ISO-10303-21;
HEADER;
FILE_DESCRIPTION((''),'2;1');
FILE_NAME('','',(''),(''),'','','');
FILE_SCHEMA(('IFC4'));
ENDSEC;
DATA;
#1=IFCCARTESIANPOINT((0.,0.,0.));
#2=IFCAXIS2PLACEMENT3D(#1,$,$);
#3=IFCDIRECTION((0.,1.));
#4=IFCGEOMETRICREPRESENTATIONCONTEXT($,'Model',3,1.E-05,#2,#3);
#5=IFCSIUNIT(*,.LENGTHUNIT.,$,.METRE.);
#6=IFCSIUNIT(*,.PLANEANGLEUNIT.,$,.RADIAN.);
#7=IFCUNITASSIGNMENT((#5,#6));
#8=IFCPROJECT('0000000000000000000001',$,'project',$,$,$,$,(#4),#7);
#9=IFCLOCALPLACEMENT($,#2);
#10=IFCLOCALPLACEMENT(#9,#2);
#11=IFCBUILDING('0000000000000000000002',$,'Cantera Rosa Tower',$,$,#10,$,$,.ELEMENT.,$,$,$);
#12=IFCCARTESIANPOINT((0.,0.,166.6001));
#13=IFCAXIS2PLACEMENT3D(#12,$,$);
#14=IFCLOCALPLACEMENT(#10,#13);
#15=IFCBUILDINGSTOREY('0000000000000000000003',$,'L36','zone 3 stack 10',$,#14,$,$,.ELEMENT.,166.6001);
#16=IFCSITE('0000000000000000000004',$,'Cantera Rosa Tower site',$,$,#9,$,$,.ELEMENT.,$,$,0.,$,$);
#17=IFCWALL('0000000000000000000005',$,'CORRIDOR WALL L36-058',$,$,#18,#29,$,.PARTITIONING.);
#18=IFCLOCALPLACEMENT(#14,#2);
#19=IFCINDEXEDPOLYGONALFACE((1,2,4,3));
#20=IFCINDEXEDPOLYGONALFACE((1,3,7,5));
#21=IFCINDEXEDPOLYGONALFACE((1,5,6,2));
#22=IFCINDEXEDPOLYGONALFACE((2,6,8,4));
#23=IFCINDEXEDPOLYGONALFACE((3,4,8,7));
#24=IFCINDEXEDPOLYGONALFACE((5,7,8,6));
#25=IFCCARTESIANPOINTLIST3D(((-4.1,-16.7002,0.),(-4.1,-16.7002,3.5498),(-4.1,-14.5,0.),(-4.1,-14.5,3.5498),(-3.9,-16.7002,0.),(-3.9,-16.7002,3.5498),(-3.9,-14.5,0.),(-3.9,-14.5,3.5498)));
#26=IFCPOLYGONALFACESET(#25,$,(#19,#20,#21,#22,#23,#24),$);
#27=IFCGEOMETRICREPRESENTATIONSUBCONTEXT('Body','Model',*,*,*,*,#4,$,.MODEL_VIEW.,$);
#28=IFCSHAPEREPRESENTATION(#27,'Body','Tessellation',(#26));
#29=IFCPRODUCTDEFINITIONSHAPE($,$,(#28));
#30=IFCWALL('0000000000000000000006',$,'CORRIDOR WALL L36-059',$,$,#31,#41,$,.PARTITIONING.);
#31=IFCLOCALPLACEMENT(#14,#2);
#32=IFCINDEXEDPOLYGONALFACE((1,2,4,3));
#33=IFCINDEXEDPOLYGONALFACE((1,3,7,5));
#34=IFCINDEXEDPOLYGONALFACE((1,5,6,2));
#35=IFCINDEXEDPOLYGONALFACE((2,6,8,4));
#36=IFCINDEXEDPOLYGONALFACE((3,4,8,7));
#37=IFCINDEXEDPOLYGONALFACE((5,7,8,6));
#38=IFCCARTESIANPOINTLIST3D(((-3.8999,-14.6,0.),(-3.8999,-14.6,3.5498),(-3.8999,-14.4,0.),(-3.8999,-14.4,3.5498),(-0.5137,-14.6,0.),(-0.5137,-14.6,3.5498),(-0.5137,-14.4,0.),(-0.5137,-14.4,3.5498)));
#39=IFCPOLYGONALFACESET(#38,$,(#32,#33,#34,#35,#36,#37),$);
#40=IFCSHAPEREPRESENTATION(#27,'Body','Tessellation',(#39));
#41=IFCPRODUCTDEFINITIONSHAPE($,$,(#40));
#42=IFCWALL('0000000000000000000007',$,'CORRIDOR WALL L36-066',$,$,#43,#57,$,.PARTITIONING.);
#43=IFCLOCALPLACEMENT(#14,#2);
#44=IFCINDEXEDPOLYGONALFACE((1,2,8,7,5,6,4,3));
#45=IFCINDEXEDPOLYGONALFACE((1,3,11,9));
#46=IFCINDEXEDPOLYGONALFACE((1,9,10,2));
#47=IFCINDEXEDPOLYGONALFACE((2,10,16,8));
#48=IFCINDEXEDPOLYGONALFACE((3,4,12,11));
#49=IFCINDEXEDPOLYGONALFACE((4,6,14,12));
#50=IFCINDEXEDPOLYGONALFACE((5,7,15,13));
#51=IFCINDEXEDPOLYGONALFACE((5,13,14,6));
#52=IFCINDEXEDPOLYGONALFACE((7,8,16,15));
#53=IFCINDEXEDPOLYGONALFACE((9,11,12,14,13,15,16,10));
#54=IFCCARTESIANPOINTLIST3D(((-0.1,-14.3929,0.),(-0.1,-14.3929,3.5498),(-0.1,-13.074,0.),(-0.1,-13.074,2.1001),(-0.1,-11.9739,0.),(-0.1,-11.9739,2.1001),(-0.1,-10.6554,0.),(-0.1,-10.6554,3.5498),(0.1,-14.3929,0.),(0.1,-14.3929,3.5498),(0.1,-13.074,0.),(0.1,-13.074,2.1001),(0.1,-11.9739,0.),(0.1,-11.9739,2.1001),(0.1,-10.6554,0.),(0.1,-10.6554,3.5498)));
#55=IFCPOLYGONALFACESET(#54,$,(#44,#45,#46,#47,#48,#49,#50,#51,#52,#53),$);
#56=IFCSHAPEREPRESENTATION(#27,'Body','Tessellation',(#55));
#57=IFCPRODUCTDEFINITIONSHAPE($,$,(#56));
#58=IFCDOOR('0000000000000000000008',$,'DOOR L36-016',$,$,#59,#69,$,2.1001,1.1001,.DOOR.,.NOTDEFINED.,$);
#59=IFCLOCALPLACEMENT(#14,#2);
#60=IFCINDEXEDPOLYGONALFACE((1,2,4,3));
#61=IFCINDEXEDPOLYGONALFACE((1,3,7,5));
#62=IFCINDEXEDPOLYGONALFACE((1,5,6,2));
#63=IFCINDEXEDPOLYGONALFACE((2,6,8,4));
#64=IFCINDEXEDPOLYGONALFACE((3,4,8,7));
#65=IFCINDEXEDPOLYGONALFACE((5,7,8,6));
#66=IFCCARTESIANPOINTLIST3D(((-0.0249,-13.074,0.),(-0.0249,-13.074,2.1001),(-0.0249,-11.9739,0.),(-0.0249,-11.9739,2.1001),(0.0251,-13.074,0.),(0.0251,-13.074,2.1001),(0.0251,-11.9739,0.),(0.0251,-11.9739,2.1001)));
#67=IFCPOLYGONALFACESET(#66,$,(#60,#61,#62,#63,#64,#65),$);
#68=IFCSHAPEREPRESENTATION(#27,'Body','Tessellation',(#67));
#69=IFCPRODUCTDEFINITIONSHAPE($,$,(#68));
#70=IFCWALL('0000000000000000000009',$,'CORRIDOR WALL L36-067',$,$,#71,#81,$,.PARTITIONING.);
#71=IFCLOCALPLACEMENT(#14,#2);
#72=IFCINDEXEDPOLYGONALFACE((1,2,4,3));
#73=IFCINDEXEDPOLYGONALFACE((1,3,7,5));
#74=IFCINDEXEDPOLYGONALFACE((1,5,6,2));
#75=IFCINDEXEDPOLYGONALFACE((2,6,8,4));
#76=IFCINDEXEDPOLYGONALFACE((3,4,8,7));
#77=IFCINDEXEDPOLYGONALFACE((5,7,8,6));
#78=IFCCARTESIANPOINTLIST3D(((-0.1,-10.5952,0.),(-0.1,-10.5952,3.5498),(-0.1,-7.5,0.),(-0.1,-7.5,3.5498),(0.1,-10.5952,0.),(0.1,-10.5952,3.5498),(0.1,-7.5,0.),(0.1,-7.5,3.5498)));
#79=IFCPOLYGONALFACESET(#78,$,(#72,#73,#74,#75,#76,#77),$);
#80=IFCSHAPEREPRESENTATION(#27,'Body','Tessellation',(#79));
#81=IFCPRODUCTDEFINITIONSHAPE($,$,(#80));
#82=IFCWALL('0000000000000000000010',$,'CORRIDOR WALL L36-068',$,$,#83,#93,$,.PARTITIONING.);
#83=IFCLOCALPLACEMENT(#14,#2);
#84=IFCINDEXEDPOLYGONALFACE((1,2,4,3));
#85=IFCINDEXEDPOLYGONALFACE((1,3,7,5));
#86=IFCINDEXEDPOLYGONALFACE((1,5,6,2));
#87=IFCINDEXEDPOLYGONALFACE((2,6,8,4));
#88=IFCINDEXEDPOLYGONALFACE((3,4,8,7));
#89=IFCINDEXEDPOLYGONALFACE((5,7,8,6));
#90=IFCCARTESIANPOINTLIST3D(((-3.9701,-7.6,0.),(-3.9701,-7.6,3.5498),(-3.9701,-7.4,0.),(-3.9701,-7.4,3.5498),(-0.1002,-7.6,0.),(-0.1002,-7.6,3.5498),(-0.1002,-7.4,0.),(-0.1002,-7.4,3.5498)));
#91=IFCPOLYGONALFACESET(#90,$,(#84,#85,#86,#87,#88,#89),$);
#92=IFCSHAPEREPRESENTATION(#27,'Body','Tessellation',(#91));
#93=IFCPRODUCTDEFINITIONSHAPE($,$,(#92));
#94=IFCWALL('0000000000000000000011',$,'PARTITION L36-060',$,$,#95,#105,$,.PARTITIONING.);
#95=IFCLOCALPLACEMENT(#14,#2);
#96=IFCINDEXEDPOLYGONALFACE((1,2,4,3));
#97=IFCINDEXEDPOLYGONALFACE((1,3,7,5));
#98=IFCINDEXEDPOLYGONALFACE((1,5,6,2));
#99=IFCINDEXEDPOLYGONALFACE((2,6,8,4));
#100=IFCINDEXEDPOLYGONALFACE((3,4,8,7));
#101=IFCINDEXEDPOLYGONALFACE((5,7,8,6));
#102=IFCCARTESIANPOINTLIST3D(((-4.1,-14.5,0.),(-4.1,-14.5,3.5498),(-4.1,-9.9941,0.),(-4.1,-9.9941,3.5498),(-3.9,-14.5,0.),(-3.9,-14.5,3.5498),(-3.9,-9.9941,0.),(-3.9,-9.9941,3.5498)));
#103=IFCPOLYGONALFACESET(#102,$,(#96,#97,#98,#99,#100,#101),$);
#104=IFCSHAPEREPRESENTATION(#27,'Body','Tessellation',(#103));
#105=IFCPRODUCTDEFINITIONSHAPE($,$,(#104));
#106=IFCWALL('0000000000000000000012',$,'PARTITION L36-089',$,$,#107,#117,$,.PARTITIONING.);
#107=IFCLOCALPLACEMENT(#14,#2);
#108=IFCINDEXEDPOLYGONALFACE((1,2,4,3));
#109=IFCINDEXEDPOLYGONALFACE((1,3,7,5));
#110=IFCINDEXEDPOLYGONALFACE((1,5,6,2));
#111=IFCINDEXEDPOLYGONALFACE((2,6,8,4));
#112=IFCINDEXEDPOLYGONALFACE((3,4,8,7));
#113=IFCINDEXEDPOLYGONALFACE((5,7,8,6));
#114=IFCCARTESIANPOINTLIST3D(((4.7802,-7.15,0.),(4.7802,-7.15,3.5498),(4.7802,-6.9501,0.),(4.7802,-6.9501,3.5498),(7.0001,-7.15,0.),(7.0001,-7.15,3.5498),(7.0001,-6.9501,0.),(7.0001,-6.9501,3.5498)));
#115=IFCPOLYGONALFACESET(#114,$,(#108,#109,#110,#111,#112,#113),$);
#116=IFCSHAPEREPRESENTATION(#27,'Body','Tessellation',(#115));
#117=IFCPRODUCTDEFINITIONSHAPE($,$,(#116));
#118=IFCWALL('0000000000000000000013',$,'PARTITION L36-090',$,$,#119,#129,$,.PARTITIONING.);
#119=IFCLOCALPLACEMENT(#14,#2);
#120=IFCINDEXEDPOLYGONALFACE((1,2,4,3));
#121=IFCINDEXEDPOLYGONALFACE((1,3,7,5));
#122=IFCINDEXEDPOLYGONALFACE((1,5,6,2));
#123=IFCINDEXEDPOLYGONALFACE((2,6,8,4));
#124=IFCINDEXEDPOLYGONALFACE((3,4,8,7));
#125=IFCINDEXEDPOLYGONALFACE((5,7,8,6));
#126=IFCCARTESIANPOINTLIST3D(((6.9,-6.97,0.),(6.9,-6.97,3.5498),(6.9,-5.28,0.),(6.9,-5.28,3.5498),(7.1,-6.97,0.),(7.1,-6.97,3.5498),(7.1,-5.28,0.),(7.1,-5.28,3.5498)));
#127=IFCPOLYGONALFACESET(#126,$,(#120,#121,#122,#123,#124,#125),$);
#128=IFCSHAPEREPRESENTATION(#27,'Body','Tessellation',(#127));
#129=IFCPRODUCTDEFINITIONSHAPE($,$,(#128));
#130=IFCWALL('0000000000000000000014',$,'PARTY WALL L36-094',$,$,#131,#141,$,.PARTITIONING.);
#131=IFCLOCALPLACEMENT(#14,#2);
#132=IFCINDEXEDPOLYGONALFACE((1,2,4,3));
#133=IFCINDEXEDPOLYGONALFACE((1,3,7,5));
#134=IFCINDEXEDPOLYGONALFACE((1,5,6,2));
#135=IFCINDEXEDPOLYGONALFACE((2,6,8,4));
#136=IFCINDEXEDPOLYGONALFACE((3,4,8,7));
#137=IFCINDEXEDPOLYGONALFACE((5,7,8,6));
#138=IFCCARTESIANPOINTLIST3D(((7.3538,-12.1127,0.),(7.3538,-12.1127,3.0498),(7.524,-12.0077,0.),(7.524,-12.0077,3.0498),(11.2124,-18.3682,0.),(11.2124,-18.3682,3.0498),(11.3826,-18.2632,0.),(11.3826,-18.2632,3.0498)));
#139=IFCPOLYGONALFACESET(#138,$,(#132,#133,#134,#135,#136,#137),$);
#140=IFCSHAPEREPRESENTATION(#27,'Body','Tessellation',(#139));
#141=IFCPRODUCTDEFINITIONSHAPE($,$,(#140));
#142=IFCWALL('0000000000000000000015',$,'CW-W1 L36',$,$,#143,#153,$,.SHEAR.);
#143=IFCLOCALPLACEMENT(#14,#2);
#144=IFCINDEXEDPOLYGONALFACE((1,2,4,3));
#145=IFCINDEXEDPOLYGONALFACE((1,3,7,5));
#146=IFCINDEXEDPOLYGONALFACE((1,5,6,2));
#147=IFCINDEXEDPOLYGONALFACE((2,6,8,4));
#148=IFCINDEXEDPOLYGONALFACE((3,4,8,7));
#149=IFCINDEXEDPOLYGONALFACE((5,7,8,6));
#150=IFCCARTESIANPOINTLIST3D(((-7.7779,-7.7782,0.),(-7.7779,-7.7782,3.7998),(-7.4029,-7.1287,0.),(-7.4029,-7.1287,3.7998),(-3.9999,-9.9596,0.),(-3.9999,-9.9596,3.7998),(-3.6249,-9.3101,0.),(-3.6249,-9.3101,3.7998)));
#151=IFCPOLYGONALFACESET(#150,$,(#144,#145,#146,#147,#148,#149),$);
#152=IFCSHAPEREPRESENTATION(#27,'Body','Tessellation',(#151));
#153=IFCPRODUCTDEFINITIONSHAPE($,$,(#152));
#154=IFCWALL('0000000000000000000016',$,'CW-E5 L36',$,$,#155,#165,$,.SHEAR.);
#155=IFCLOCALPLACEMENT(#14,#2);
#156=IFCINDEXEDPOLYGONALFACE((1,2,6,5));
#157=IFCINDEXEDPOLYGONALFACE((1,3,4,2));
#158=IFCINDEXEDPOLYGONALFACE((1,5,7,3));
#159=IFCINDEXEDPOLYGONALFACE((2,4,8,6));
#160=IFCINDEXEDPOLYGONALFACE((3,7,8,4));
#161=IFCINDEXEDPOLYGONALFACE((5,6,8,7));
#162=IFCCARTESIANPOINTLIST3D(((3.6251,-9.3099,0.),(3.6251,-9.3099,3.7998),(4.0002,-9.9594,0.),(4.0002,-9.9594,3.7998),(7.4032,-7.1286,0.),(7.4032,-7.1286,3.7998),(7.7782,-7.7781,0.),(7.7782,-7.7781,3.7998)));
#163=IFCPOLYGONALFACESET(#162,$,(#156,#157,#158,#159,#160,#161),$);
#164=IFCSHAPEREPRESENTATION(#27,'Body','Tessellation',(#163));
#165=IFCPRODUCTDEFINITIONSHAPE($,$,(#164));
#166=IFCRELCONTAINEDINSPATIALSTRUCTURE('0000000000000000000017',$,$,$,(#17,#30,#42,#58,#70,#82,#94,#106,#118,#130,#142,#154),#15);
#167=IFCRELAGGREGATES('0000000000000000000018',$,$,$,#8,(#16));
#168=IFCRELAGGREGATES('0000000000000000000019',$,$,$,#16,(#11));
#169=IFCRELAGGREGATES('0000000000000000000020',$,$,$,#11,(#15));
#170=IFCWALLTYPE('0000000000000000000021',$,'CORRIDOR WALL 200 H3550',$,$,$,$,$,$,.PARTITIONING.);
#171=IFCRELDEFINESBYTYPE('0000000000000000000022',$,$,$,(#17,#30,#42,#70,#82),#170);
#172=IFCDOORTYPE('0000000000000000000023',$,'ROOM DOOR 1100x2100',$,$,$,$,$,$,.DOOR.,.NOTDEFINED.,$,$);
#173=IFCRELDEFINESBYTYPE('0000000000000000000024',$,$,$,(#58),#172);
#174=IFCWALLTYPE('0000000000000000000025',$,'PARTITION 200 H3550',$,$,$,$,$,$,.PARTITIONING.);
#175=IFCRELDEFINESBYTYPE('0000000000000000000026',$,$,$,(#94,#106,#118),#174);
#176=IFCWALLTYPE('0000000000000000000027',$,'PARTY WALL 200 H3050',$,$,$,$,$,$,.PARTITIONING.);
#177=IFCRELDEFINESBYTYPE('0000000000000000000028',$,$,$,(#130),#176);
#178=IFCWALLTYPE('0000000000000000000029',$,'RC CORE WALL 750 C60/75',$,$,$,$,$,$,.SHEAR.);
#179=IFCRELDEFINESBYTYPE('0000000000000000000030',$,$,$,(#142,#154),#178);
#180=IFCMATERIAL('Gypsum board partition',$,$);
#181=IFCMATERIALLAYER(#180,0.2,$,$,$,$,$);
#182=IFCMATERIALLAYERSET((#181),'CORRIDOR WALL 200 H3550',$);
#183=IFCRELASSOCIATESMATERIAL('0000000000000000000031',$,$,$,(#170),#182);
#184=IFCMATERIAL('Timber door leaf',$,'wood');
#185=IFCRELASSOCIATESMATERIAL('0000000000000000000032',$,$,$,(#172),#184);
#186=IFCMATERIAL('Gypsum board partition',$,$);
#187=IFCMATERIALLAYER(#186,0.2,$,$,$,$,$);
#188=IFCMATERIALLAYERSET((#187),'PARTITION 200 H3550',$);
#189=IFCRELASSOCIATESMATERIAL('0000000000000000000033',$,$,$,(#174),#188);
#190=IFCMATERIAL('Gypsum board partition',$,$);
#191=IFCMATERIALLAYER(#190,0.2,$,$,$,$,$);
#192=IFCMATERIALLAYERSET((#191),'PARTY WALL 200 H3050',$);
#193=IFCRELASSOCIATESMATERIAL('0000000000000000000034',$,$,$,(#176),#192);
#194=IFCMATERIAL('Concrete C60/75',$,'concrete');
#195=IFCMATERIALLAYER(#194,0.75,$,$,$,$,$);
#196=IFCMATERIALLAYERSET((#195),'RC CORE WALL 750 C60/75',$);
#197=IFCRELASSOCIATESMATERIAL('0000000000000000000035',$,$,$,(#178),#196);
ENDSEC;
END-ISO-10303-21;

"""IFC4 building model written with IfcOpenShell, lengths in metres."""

from ifc_helpers import new_model, si_unit, direction, frame, frame_2d, origin, place, context, subcontext, project, spatial, rectangle, extrude, material, layer, layer_set, type_object, element, fill, save


model = new_model("IFC4")

# Units and contexts
model_context = context("Model", 3, precision=1e-05, world=origin(), true_north=direction((0.0, 1.0)))
body_context = subcontext(model_context, "Body", "Model", "MODEL_VIEW")
ifc_project = project(units=[si_unit("LENGTHUNIT", "METRE"), si_unit("PLANEANGLEUNIT", "RADIAN")], contexts=[model_context])

# Site, building, storey
site_placement = place(None, origin())
site = spatial("IfcSite", under=ifc_project, at=site_placement, Name="Cantera Rosa Tower site", CompositionType="ELEMENT", RefElevation=0.0)
building_placement = place(site_placement, origin())
building = spatial("IfcBuilding", under=site, at=building_placement, Name="Cantera Rosa Tower", CompositionType="ELEMENT")
storey_placement = place(building_placement, frame((0.0, 0.0, 166.6001)))
storey = spatial("IfcBuildingStorey", under=building, at=storey_placement, Name="L36", Description="zone 3 stack 10", CompositionType="ELEMENT", Elevation=166.6001)

# Walls
ifc_material_1 = material(Name="Gypsum board partition")
ifc_layer_1 = layer(ifc_material_1, 0.2)
ifc_layer_set_1 = layer_set([ifc_layer_1], Name="CORRIDOR WALL 200 H3550")
wall_type_1 = type_object("IfcWallType", Name="CORRIDOR WALL 200 H3550", PredefinedType="PARTITIONING", material=ifc_layer_set_1)
wall_1_placement = place(storey_placement, frame((-4.0, -14.5, 0.0), z_axis=(0.0, 0.0, 1.0), x_axis=(0.0, -1.0, 0.0)))
element("IfcWall", 1, at=wall_1_placement, inside=storey, type_object=wall_type_1, Name="CORRIDOR WALL L36-058", PredefinedType="PARTITIONING", context=body_context, shape_type="SweptSolid", body=[
    extrude(rectangle(XDim=2.2002, YDim=0.2, at=frame_2d((1.1001, 0.0))), origin(), (0.0, 0.0, 1.0), 3.5498),
])
wall_2_placement = place(storey_placement, frame((-3.8999, -14.5, 0.0), z_axis=(0.0, 0.0, 1.0), x_axis=(1.0, 0.0, 0.0)))
element("IfcWall", 2, at=wall_2_placement, inside=storey, type_object=wall_type_1, Name="CORRIDOR WALL L36-059", PredefinedType="PARTITIONING", context=body_context, shape_type="SweptSolid", body=[
    extrude(rectangle(XDim=3.3862, YDim=0.2, at=frame_2d((1.6931, 0.0))), origin(), (0.0, 0.0, 1.0), 3.5498),
])

# Wall, opening, door
wall_3_placement = place(storey_placement, frame((0.0, -14.3928, 0.0), z_axis=(0.0, 0.0, 1.0), x_axis=(0.0, 1.0, 0.0)))
wall_3 = element("IfcWall", 3, at=wall_3_placement, inside=storey, type_object=wall_type_1, Name="CORRIDOR WALL L36-066", PredefinedType="PARTITIONING", context=body_context, shape_type="SweptSolid", body=[
    extrude(rectangle(XDim=3.7375, YDim=0.2, at=frame_2d((1.8687, 0.0))), origin(), (0.0, 0.0, 1.0), 3.5498),
])
opening_1_placement = place(wall_3_placement, frame((1.3188, 0.0, 0.0)))
opening_1 = element("IfcOpeningElement", 4, at=opening_1_placement, cuts=wall_3, PredefinedType="OPENING", context=body_context, shape_type="SweptSolid", body=[
    extrude(rectangle(XDim=1.1001, YDim=2.1001, at=frame_2d((0.55, 1.05))), frame((0.0, 0.1099, 0.0), z_axis=(0.0, -1.0, 0.0), x_axis=(1.0, 0.0, 0.0)), (0.0, 0.0, 1.0), 0.22),
])
ifc_material_2 = material(Name="Timber door leaf", Category="wood")
door_type_1 = type_object("IfcDoorType", Name="ROOM DOOR 1100x2100", OperationType="NOTDEFINED", PredefinedType="DOOR", material=ifc_material_2)
door_1_placement = place(opening_1_placement, origin())
door_1 = element("IfcDoor", 5, at=door_1_placement, inside=storey, type_object=door_type_1, Name="DOOR L36-016", OperationType="NOTDEFINED", OverallHeight=2.1001, OverallWidth=1.1001, PredefinedType="DOOR", context=body_context, shape_type="SweptSolid", body=[
    extrude(rectangle(XDim=1.1001, YDim=2.1001, at=frame_2d((0.55, 1.05))), frame((0.0, 0.0249, 0.0), z_axis=(0.0, -1.0, 0.0), x_axis=(1.0, 0.0, 0.0)), (0.0, 0.0, 1.0), 0.05),
])
fill(opening_1, door_1)

# Walls
wall_4_placement = place(storey_placement, frame((0.0, -10.5952, 0.0), z_axis=(0.0, 0.0, 1.0), x_axis=(0.0, 1.0, 0.0)))
element("IfcWall", 6, at=wall_4_placement, inside=storey, type_object=wall_type_1, Name="CORRIDOR WALL L36-067", PredefinedType="PARTITIONING", context=body_context, shape_type="SweptSolid", body=[
    extrude(rectangle(XDim=3.0952, YDim=0.2, at=frame_2d((1.5476, 0.0))), origin(), (0.0, 0.0, 1.0), 3.5498),
])
wall_5_placement = place(storey_placement, frame((-0.1001, -7.5, 0.0), z_axis=(0.0, 0.0, 1.0), x_axis=(-1.0, 0.0, 0.0)))
element("IfcWall", 7, at=wall_5_placement, inside=storey, type_object=wall_type_1, Name="CORRIDOR WALL L36-068", PredefinedType="PARTITIONING", context=body_context, shape_type="SweptSolid", body=[
    extrude(rectangle(XDim=3.8699, YDim=0.2, at=frame_2d((1.9351, 0.0))), origin(), (0.0, 0.0, 1.0), 3.5498),
])
ifc_material_3 = material(Name="Gypsum board partition")
ifc_layer_2 = layer(ifc_material_3, 0.2)
ifc_layer_set_2 = layer_set([ifc_layer_2], Name="PARTITION 200 H3550")
wall_type_2 = type_object("IfcWallType", Name="PARTITION 200 H3550", PredefinedType="PARTITIONING", material=ifc_layer_set_2)
wall_6_placement = place(storey_placement, frame((-4.0, -9.9941, 0.0), z_axis=(0.0, 0.0, 1.0), x_axis=(0.0, -1.0, 0.0)))
element("IfcWall", 8, at=wall_6_placement, inside=storey, type_object=wall_type_2, Name="PARTITION L36-060", PredefinedType="PARTITIONING", context=body_context, shape_type="SweptSolid", body=[
    extrude(rectangle(XDim=4.5059, YDim=0.2, at=frame_2d((2.2529, 0.0))), origin(), (0.0, 0.0, 1.0), 3.5498),
])
wall_7_placement = place(storey_placement, frame((7.0, -7.05, 0.0), z_axis=(0.0, 0.0, 1.0), x_axis=(-1.0, 0.0, 0.0)))
element("IfcWall", 9, at=wall_7_placement, inside=storey, type_object=wall_type_2, Name="PARTITION L36-089", PredefinedType="PARTITIONING", context=body_context, shape_type="SweptSolid", body=[
    extrude(rectangle(XDim=2.22, YDim=0.2, at=frame_2d((1.1099, 0.0))), origin(), (0.0, 0.0, 1.0), 3.5498),
])
wall_8_placement = place(storey_placement, frame((7.0, -5.28, 0.0), z_axis=(0.0, 0.0, 1.0), x_axis=(0.0, -1.0, 0.0)))
element("IfcWall", 10, at=wall_8_placement, inside=storey, type_object=wall_type_2, Name="PARTITION L36-090", PredefinedType="PARTITIONING", context=body_context, shape_type="SweptSolid", body=[
    extrude(rectangle(XDim=1.6899, YDim=0.2, at=frame_2d((0.845, 0.0))), origin(), (0.0, 0.0, 1.0), 3.5498),
])
ifc_material_4 = material(Name="Gypsum board partition")
ifc_layer_3 = layer(ifc_material_4, 0.2)
ifc_layer_set_3 = layer_set([ifc_layer_3], Name="PARTY WALL 200 H3050")
wall_type_3 = type_object("IfcWallType", Name="PARTY WALL 200 H3050", PredefinedType="PARTITIONING", material=ifc_layer_set_3)
wall_9_placement = place(storey_placement, frame((7.439, -12.0603, 0.0), z_axis=(0.0, 0.0, 1.0), x_axis=(0.524989, -0.851109, 0.0)))
element("IfcWall", 11, at=wall_9_placement, inside=storey, type_object=wall_type_3, Name="PARTY WALL L36-094", PredefinedType="PARTITIONING", context=body_context, shape_type="SweptSolid", body=[
    extrude(rectangle(XDim=7.3499, YDim=0.2, at=frame_2d((3.6748, 0.0))), origin(), (0.0, 0.0, 1.0), 3.0498),
])
ifc_material_5 = material(Name="Concrete C60/75", Category="concrete")
ifc_layer_4 = layer(ifc_material_5, 0.75)
ifc_layer_set_4 = layer_set([ifc_layer_4], Name="RC CORE WALL 750 C60/75")
wall_type_4 = type_object("IfcWallType", Name="RC CORE WALL 750 C60/75", PredefinedType="SHEAR", material=ifc_layer_set_4)
for number, where, z_axis, x_axis, name in (
    (12, (-3.8125, -9.6348, 0.0), (0.0, 0.0, 1.0), (-0.866013, 0.500021, 0.0), "CW-W1 L36"),
    (13, (7.5906, -7.4534, 0.0), (0.0, 0.0, 1.0), (-0.866013, -0.500021, 0.0), "CW-E5 L36"),
):
    element("IfcWall", number, at=place(storey_placement, frame(where, z_axis=z_axis, x_axis=x_axis)), inside=storey, type_object=wall_type_4, Name=name, PredefinedType="SHEAR", context=body_context, shape_type="SweptSolid", body=[
        extrude(rectangle(XDim=4.3625, YDim=0.75, at=frame_2d((2.1812, 0.0))), origin(), (0.0, 0.0, 1.0), 3.7998),
    ])

save(model, "model.ifc")
